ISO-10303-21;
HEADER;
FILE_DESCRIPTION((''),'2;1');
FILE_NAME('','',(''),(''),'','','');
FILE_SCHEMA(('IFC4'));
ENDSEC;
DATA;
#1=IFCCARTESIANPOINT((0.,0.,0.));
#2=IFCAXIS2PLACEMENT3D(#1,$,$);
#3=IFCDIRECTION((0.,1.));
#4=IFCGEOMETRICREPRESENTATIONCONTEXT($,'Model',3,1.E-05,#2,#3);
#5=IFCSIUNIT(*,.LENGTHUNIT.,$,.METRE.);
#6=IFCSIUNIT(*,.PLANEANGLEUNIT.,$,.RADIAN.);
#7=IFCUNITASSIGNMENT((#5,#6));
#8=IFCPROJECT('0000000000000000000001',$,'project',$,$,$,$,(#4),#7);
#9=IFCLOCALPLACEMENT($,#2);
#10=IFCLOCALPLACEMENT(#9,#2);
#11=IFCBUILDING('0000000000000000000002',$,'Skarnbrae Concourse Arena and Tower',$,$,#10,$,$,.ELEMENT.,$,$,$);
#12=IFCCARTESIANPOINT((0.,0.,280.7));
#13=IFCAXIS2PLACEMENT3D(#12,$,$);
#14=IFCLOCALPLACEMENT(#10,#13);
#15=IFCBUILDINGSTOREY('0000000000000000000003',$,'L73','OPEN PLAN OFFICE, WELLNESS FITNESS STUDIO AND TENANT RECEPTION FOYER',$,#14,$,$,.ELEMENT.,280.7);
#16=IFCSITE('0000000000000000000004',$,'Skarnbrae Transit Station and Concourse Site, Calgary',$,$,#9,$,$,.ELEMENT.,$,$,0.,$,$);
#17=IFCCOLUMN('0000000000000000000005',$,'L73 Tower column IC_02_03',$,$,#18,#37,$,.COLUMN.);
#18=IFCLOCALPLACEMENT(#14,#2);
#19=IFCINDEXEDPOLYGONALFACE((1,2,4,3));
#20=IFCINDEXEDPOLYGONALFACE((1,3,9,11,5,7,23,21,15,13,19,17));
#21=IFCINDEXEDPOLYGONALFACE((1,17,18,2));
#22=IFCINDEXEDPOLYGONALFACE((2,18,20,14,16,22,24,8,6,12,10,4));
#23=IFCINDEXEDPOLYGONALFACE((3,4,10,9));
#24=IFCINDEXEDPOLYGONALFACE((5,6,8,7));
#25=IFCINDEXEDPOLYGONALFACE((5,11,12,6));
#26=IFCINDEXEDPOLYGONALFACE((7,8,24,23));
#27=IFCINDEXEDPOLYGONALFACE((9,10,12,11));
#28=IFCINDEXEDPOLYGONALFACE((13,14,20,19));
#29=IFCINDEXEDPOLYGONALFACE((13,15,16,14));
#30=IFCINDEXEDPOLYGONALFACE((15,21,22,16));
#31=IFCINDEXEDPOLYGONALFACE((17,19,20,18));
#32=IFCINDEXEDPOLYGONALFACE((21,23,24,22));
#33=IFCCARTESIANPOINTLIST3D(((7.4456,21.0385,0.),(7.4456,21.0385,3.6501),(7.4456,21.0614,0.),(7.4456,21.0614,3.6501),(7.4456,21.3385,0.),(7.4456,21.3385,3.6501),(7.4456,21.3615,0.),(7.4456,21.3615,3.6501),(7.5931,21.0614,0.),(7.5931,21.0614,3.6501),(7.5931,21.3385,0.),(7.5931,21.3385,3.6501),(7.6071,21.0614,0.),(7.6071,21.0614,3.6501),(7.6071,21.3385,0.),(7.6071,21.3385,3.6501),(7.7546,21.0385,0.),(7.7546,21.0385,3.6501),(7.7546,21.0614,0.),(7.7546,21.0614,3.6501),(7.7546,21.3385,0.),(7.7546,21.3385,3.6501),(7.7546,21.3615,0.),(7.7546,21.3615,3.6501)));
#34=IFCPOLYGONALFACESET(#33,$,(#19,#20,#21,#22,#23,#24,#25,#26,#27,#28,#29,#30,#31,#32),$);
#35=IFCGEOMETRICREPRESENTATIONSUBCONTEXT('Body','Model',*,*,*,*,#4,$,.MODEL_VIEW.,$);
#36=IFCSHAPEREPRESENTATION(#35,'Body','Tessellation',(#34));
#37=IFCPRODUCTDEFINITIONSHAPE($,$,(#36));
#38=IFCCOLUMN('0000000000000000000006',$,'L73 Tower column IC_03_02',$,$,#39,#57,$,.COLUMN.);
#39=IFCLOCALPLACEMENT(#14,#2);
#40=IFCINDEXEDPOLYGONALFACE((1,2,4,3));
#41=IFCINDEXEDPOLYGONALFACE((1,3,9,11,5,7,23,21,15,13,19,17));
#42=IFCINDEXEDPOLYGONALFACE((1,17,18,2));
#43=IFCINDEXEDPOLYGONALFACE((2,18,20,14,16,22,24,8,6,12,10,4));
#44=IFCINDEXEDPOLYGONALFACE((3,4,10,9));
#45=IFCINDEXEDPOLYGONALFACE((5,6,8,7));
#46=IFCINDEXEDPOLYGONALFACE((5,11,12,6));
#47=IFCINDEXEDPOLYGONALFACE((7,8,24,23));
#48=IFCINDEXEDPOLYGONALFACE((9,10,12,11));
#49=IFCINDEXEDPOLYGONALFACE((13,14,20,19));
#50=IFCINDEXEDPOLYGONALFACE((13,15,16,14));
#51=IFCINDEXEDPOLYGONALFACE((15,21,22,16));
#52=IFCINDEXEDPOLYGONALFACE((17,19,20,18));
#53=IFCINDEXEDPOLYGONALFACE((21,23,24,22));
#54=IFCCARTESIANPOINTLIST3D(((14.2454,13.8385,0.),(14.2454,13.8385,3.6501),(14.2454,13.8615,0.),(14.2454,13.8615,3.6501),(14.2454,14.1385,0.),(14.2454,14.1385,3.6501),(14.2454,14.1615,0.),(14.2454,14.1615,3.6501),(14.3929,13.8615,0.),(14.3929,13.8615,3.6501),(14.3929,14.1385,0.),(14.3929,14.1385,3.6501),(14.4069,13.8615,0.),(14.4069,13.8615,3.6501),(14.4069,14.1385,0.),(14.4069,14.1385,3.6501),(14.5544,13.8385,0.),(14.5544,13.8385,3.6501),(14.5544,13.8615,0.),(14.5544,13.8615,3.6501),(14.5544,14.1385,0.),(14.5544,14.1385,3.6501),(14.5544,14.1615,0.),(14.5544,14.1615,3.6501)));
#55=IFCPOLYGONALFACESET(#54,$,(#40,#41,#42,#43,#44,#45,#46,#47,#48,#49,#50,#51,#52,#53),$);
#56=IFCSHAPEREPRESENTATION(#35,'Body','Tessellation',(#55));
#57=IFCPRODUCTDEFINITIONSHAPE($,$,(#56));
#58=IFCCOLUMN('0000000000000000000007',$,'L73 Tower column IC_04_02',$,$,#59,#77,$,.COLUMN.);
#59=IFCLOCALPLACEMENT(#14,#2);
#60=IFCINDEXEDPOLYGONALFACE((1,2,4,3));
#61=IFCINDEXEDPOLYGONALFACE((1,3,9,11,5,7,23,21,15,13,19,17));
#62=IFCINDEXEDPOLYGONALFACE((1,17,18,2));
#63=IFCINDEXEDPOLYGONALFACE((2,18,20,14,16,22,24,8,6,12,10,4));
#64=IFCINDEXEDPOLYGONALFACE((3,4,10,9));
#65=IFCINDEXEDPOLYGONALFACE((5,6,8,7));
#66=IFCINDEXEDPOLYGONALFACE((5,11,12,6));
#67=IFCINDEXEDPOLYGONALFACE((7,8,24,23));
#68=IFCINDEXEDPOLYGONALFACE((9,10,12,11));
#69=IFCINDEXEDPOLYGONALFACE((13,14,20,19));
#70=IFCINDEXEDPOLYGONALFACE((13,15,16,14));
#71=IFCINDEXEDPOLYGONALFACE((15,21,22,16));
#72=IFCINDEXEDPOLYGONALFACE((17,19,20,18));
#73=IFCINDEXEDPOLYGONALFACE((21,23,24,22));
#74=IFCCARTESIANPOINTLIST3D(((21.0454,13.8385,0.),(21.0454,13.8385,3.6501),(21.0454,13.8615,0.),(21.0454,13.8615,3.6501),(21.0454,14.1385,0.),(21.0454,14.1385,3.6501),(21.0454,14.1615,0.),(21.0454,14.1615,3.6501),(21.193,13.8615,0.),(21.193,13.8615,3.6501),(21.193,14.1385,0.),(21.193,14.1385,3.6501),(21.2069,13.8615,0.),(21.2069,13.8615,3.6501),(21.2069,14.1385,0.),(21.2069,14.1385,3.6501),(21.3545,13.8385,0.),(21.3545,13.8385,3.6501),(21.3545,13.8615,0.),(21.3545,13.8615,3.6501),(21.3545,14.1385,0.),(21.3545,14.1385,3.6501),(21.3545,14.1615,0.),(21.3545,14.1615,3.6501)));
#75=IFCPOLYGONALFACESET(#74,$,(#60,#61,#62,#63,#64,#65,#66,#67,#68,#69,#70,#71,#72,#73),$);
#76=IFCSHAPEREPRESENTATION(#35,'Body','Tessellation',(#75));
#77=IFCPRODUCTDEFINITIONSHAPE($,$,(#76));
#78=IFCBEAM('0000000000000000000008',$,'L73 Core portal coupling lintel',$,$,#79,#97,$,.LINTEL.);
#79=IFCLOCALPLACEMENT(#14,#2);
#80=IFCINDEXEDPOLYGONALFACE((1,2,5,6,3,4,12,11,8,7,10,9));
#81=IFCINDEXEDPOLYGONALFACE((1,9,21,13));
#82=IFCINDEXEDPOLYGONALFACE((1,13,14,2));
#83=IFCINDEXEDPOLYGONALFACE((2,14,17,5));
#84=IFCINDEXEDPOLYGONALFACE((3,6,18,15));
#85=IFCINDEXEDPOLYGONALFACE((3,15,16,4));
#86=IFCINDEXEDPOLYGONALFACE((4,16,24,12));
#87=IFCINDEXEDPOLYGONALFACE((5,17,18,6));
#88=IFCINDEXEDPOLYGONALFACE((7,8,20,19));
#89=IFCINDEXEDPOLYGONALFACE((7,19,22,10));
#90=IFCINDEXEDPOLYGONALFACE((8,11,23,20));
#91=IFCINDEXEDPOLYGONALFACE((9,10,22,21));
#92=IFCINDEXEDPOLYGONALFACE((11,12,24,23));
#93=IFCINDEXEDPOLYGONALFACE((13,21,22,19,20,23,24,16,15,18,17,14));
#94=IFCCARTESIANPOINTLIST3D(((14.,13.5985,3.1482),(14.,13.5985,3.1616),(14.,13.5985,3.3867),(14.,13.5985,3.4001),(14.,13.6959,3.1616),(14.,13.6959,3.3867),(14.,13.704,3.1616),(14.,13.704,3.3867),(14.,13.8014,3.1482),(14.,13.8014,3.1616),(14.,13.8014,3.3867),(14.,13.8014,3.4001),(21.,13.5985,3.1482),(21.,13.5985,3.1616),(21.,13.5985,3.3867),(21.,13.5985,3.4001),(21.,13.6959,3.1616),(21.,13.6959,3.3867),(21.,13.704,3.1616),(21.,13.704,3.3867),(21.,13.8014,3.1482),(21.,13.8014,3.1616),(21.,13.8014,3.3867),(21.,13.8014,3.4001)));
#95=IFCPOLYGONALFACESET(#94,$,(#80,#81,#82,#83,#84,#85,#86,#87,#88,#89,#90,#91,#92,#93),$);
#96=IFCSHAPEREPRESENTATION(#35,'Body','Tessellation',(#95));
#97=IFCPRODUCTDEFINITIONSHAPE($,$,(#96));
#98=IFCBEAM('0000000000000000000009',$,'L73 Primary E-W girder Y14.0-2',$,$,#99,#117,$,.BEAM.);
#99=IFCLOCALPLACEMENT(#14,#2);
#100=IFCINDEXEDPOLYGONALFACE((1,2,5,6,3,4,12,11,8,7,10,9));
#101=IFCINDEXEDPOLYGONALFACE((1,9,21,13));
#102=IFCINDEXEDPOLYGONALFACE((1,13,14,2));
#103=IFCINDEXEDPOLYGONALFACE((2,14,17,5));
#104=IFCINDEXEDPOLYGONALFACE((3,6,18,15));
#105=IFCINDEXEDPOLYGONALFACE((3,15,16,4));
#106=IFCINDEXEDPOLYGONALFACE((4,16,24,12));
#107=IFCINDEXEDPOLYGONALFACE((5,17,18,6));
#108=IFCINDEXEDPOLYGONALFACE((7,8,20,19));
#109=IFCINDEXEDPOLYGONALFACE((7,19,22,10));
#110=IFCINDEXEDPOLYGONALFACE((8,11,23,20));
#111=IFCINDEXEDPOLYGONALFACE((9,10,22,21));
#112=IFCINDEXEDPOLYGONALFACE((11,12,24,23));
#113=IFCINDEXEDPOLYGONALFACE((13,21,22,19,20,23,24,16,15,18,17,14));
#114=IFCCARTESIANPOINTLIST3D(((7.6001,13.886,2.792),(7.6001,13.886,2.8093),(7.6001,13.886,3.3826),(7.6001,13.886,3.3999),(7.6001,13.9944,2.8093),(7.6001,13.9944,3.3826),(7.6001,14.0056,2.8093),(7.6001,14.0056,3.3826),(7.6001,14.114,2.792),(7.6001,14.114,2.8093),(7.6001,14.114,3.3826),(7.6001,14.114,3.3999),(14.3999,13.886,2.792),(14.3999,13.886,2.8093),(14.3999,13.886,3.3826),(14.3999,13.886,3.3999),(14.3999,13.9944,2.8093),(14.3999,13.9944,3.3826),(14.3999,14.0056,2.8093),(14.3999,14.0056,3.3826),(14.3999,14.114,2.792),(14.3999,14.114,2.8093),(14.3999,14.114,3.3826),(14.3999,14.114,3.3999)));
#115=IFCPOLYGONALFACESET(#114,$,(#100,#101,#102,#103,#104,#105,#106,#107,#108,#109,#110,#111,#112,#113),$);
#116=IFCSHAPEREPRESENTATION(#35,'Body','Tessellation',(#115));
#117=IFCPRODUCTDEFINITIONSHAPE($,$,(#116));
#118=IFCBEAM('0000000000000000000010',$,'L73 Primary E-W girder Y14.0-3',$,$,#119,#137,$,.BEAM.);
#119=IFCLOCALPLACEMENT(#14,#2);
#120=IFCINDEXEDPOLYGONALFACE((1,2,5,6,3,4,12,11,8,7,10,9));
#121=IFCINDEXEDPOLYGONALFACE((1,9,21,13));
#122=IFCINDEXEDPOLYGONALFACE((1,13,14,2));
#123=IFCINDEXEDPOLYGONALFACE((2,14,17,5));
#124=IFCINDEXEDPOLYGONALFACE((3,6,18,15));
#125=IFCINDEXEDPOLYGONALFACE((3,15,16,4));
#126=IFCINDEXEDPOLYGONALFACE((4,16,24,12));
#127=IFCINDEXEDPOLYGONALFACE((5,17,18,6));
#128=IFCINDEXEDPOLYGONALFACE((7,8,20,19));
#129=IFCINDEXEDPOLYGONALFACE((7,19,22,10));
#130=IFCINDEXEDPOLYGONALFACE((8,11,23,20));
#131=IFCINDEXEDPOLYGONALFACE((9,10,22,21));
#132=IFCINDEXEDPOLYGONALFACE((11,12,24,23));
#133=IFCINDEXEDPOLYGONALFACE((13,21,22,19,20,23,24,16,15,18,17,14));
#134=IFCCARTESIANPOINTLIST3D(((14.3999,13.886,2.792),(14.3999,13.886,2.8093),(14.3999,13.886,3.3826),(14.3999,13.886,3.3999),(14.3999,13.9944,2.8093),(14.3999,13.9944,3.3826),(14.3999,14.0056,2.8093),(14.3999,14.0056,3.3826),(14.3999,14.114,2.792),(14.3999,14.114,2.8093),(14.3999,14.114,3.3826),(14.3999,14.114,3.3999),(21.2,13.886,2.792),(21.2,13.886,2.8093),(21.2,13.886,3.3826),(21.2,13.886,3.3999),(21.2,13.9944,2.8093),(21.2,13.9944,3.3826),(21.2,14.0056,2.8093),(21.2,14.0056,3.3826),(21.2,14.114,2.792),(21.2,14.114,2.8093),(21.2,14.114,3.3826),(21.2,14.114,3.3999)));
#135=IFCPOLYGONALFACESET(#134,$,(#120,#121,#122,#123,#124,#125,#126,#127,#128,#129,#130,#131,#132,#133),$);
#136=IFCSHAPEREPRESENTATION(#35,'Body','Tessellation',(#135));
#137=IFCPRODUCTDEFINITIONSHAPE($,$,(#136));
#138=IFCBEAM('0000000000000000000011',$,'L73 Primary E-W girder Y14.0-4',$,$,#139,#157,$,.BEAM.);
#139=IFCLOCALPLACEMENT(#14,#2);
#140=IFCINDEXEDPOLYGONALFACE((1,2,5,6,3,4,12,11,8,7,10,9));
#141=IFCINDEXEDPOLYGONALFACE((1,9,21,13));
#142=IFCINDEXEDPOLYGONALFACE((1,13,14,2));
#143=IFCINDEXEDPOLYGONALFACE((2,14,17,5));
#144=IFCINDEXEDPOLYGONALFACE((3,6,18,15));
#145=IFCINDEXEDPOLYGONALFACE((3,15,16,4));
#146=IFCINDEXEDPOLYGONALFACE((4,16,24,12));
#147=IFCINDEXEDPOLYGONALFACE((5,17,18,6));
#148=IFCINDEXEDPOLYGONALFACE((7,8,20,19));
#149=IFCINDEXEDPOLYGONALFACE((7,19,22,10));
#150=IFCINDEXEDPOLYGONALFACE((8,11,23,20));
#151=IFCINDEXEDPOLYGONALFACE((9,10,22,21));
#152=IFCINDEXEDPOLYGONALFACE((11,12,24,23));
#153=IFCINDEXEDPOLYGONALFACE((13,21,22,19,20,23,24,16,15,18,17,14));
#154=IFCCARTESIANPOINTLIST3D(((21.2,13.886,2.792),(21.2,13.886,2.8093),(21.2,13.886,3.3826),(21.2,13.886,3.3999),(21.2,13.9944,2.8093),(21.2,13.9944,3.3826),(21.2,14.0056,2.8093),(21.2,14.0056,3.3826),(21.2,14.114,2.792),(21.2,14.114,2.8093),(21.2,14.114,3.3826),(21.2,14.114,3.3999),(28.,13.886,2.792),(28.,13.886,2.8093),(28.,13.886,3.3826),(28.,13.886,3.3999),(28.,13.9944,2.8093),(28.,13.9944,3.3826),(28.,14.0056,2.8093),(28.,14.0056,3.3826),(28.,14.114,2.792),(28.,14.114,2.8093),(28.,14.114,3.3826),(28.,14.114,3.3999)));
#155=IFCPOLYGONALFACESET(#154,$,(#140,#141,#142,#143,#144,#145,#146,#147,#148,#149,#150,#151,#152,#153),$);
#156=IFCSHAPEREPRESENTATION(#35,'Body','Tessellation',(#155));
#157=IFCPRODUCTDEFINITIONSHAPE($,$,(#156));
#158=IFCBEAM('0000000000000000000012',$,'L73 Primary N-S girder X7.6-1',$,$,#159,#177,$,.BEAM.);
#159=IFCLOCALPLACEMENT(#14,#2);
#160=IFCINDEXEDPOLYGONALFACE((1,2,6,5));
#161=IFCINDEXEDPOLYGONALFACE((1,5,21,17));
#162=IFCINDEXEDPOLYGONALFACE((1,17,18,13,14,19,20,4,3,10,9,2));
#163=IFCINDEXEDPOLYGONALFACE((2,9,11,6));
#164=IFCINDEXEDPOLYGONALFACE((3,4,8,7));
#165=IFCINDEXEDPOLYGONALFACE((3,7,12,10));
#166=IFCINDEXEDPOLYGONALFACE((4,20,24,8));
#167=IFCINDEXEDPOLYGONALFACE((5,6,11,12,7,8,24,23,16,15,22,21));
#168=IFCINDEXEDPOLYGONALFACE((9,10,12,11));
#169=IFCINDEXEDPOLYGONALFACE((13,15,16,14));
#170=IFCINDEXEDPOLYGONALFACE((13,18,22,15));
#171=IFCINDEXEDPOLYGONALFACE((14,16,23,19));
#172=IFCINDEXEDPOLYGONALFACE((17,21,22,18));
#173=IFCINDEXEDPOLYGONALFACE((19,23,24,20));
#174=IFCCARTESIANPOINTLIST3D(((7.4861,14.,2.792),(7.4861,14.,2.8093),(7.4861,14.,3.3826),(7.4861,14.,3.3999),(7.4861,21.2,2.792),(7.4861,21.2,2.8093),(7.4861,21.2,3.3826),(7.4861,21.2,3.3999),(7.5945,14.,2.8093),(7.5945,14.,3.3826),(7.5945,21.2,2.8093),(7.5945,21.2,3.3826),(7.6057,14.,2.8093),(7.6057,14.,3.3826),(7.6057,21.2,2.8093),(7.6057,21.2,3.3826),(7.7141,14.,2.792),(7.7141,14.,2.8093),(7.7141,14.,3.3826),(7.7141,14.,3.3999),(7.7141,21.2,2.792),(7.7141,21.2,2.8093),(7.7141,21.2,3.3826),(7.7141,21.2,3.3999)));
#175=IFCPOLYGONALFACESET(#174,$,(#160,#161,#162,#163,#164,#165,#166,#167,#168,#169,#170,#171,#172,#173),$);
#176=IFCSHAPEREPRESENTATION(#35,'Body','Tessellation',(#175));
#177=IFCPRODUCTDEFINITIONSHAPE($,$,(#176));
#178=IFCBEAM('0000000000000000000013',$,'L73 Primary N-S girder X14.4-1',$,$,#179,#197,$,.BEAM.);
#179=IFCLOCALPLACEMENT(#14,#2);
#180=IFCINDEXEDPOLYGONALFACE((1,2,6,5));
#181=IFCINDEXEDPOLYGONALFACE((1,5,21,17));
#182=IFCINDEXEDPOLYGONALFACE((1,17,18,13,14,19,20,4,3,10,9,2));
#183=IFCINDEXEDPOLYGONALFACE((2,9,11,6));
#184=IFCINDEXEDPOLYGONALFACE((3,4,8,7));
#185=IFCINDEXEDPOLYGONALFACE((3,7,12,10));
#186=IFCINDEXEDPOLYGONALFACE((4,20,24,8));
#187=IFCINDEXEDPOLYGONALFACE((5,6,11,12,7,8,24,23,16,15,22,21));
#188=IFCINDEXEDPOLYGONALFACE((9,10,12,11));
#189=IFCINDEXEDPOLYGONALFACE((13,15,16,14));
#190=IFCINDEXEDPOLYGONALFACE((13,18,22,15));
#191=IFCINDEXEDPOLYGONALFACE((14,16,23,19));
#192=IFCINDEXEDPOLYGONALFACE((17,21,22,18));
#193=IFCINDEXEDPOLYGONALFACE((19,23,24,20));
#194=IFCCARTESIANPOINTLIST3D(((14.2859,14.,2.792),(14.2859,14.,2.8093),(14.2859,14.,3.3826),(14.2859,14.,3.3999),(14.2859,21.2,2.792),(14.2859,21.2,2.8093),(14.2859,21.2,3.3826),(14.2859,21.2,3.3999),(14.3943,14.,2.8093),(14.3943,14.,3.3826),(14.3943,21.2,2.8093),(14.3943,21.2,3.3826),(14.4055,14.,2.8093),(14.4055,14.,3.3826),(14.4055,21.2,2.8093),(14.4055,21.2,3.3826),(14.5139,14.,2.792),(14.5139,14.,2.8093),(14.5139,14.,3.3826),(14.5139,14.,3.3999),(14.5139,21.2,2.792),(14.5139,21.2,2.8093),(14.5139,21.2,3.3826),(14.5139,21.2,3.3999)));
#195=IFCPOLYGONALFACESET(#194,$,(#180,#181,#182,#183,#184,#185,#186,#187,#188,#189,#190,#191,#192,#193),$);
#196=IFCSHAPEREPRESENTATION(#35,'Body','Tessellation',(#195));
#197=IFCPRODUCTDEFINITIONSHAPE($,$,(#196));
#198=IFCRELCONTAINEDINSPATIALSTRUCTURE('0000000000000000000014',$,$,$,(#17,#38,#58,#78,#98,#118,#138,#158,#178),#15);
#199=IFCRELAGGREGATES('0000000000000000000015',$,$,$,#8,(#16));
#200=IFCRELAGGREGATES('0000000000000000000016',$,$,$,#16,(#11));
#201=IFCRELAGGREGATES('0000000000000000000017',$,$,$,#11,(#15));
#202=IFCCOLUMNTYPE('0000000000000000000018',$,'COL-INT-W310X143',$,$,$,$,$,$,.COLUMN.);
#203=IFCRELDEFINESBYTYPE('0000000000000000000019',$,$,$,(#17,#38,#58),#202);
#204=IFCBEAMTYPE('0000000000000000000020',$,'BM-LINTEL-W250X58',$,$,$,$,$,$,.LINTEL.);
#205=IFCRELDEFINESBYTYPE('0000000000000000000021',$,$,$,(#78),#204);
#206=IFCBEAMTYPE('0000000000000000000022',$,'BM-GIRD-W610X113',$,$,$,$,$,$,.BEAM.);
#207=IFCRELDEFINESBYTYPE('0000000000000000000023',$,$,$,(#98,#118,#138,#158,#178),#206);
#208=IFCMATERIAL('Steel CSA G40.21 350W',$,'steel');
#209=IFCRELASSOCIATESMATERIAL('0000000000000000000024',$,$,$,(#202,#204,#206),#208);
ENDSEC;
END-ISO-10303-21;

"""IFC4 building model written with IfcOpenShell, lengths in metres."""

from ifc_helpers import new_model, si_unit, direction, frame, origin, origin_2d, place, context, subcontext, project, spatial, i_section, extrude, source, transform, mapped, material, material_profile, profile_set, type_object, element, save


model = new_model("IFC4")

# Units and contexts
model_context = context("Model", 3, precision=1e-05, world=origin(), true_north=direction((0.0, 1.0)))
body_context = subcontext(model_context, "Body", "Model", "MODEL_VIEW")
ifc_project = project(units=[si_unit("LENGTHUNIT", "METRE"), si_unit("PLANEANGLEUNIT", "RADIAN")], contexts=[model_context])

# Site, building, storey
site_placement = place(None, origin())
site = spatial("IfcSite", under=ifc_project, at=site_placement, Name="Skarnbrae Transit Station and Concourse Site, Calgary", CompositionType="ELEMENT", RefElevation=0.0)
building_placement = place(site_placement, origin())
building = spatial("IfcBuilding", under=site, at=building_placement, Name="Skarnbrae Concourse Arena and Tower", CompositionType="ELEMENT")
storey_placement = place(building_placement, frame((0.0, 0.0, 280.7)))
storey = spatial("IfcBuildingStorey", under=building, at=storey_placement, Name="L73", Description="OPEN PLAN OFFICE, WELLNESS FITNESS STUDIO AND TENANT RECEPTION FOYER", CompositionType="ELEMENT", Elevation=280.7)

# Columns
ifc_material_1 = material(Name="Steel CSA G40.21 350W", Category="steel")
ifc_material_profile_1 = material_profile(ifc_material_1, i_section(OverallWidth=0.3091, OverallDepth=0.323, WebThickness=0.0139, FlangeThickness=0.0229, at=origin_2d()), Name="W310X143")
ifc_profile_set_1 = profile_set([ifc_material_profile_1], Name="Steel CSA G40.21 350W")
column_type = type_object("IfcColumnType", Name="COL-INT-W310X143", PredefinedType="COLUMN", material=ifc_profile_set_1)
shared_shape_1 = source(origin(), body_context, "Body", "SweptSolid", [
    extrude(i_section(OverallWidth=0.3091, OverallDepth=0.323, WebThickness=0.0139, FlangeThickness=0.0229, at=origin_2d()), origin(), (0.0, 0.0, 1.0), 3.6501),
])
for number, where, z_axis, x_axis, name in (
    (1, (7.6001, 21.2, 0.0), (0.0, 0.0, 1.0), (1.0, 0.0, 0.0), "L73 Tower column IC_02_03"),
    (2, (14.3999, 14.0, 0.0), (0.0, 0.0, 1.0), (1.0, 0.0, 0.0), "L73 Tower column IC_03_02"),
    (3, (21.2, 14.0, 0.0), (0.0, 0.0, 1.0), (1.0, 0.0, 0.0), "L73 Tower column IC_04_02"),
):
    element("IfcColumn", number, at=place(storey_placement, frame(where, z_axis=z_axis, x_axis=x_axis)), inside=storey, type_object=column_type, Name=name, PredefinedType="COLUMN", context=body_context, shape_type="MappedRepresentation", body=[
        mapped(shared_shape_1, transform((0.0, 0.0, 0.0))),
    ])

# Beams
ifc_material_profile_2 = material_profile(ifc_material_1, i_section(OverallWidth=0.2029, OverallDepth=0.252, WebThickness=0.0081, FlangeThickness=0.0134, at=origin_2d()), Name="W250X58")
ifc_profile_set_2 = profile_set([ifc_material_profile_2], Name="Steel CSA G40.21 350W")
beam_type_1 = type_object("IfcBeamType", Name="BM-LINTEL-W250X58", PredefinedType="LINTEL", material=ifc_profile_set_2)
shared_shape_2 = source(origin(), body_context, "Body", "SweptSolid", [
    extrude(i_section(OverallWidth=0.2029, OverallDepth=0.252, WebThickness=0.0081, FlangeThickness=0.0134, at=origin_2d()), origin(), (0.0, 0.0, 1.0), 7.0),
])
beam_1_placement = place(storey_placement, frame((14.0, 13.7, 3.2742), z_axis=(1.0, 0.0, 0.0), x_axis=(0.0, 1.0, 0.0)))
element("IfcBeam", 4, at=beam_1_placement, inside=storey, type_object=beam_type_1, Name="L73 Core portal coupling lintel", PredefinedType="LINTEL", context=body_context, shape_type="MappedRepresentation", body=[
    mapped(shared_shape_2, transform((0.0, 0.0, 0.0))),
])
ifc_material_profile_3 = material_profile(ifc_material_1, i_section(OverallWidth=0.228, OverallDepth=0.6079, WebThickness=0.0112, FlangeThickness=0.0173, at=origin_2d()), Name="W610X113")
ifc_profile_set_3 = profile_set([ifc_material_profile_3], Name="Steel CSA G40.21 350W")
beam_type_2 = type_object("IfcBeamType", Name="BM-GIRD-W610X113", PredefinedType="BEAM", material=ifc_profile_set_3)
shared_shape_3 = source(origin(), body_context, "Body", "SweptSolid", [
    extrude(i_section(OverallWidth=0.228, OverallDepth=0.6079, WebThickness=0.0112, FlangeThickness=0.0173, at=origin_2d()), origin(), (0.0, 0.0, 1.0), 6.7998),
])
beam_2_placement = place(storey_placement, frame((7.6001, 14.0, 3.0959), z_axis=(1.0, 0.0, 0.0), x_axis=(0.0, 1.0, 0.0)))
element("IfcBeam", 5, at=beam_2_placement, inside=storey, type_object=beam_type_2, Name="L73 Primary E-W girder Y14.0-2", PredefinedType="BEAM", context=body_context, shape_type="MappedRepresentation", body=[
    mapped(shared_shape_3, transform((0.0, 0.0, 0.0))),
])
shared_shape_4 = source(origin(), body_context, "Body", "SweptSolid", [
    extrude(i_section(OverallWidth=0.228, OverallDepth=0.6079, WebThickness=0.0112, FlangeThickness=0.0173, at=origin_2d()), origin(), (0.0, 0.0, 1.0), 6.8),
])
for number, where, z_axis, x_axis, name in (
    (6, (14.3999, 14.0, 3.0959), (1.0, 0.0, 0.0), (0.0, 1.0, 0.0), "L73 Primary E-W girder Y14.0-3"),
    (7, (21.2, 14.0, 3.0959), (1.0, 0.0, 0.0), (0.0, 1.0, 0.0), "L73 Primary E-W girder Y14.0-4"),
):
    element("IfcBeam", number, at=place(storey_placement, frame(where, z_axis=z_axis, x_axis=x_axis)), inside=storey, type_object=beam_type_2, Name=name, PredefinedType="BEAM", context=body_context, shape_type="MappedRepresentation", body=[
        mapped(shared_shape_4, transform((0.0, 0.0, 0.0))),
    ])
shared_shape_5 = source(origin(), body_context, "Body", "SweptSolid", [
    extrude(i_section(OverallWidth=0.228, OverallDepth=0.6079, WebThickness=0.0112, FlangeThickness=0.0173, at=origin_2d()), origin(), (0.0, 0.0, 1.0), 7.2),
])
for number, where, z_axis, x_axis, name in (
    (8, (7.6001, 14.0, 3.0959), (0.0, 1.0, 0.0), (-1.0, 0.0, 0.0), "L73 Primary N-S girder X7.6-1"),
    (9, (14.3999, 14.0, 3.0959), (0.0, 1.0, 0.0), (-1.0, 0.0, 0.0), "L73 Primary N-S girder X14.4-1"),
):
    element("IfcBeam", number, at=place(storey_placement, frame(where, z_axis=z_axis, x_axis=x_axis)), inside=storey, type_object=beam_type_2, Name=name, PredefinedType="BEAM", context=body_context, shape_type="MappedRepresentation", body=[
        mapped(shared_shape_5, transform((0.0, 0.0, 0.0))),
    ])

save(model, "model.ifc")
